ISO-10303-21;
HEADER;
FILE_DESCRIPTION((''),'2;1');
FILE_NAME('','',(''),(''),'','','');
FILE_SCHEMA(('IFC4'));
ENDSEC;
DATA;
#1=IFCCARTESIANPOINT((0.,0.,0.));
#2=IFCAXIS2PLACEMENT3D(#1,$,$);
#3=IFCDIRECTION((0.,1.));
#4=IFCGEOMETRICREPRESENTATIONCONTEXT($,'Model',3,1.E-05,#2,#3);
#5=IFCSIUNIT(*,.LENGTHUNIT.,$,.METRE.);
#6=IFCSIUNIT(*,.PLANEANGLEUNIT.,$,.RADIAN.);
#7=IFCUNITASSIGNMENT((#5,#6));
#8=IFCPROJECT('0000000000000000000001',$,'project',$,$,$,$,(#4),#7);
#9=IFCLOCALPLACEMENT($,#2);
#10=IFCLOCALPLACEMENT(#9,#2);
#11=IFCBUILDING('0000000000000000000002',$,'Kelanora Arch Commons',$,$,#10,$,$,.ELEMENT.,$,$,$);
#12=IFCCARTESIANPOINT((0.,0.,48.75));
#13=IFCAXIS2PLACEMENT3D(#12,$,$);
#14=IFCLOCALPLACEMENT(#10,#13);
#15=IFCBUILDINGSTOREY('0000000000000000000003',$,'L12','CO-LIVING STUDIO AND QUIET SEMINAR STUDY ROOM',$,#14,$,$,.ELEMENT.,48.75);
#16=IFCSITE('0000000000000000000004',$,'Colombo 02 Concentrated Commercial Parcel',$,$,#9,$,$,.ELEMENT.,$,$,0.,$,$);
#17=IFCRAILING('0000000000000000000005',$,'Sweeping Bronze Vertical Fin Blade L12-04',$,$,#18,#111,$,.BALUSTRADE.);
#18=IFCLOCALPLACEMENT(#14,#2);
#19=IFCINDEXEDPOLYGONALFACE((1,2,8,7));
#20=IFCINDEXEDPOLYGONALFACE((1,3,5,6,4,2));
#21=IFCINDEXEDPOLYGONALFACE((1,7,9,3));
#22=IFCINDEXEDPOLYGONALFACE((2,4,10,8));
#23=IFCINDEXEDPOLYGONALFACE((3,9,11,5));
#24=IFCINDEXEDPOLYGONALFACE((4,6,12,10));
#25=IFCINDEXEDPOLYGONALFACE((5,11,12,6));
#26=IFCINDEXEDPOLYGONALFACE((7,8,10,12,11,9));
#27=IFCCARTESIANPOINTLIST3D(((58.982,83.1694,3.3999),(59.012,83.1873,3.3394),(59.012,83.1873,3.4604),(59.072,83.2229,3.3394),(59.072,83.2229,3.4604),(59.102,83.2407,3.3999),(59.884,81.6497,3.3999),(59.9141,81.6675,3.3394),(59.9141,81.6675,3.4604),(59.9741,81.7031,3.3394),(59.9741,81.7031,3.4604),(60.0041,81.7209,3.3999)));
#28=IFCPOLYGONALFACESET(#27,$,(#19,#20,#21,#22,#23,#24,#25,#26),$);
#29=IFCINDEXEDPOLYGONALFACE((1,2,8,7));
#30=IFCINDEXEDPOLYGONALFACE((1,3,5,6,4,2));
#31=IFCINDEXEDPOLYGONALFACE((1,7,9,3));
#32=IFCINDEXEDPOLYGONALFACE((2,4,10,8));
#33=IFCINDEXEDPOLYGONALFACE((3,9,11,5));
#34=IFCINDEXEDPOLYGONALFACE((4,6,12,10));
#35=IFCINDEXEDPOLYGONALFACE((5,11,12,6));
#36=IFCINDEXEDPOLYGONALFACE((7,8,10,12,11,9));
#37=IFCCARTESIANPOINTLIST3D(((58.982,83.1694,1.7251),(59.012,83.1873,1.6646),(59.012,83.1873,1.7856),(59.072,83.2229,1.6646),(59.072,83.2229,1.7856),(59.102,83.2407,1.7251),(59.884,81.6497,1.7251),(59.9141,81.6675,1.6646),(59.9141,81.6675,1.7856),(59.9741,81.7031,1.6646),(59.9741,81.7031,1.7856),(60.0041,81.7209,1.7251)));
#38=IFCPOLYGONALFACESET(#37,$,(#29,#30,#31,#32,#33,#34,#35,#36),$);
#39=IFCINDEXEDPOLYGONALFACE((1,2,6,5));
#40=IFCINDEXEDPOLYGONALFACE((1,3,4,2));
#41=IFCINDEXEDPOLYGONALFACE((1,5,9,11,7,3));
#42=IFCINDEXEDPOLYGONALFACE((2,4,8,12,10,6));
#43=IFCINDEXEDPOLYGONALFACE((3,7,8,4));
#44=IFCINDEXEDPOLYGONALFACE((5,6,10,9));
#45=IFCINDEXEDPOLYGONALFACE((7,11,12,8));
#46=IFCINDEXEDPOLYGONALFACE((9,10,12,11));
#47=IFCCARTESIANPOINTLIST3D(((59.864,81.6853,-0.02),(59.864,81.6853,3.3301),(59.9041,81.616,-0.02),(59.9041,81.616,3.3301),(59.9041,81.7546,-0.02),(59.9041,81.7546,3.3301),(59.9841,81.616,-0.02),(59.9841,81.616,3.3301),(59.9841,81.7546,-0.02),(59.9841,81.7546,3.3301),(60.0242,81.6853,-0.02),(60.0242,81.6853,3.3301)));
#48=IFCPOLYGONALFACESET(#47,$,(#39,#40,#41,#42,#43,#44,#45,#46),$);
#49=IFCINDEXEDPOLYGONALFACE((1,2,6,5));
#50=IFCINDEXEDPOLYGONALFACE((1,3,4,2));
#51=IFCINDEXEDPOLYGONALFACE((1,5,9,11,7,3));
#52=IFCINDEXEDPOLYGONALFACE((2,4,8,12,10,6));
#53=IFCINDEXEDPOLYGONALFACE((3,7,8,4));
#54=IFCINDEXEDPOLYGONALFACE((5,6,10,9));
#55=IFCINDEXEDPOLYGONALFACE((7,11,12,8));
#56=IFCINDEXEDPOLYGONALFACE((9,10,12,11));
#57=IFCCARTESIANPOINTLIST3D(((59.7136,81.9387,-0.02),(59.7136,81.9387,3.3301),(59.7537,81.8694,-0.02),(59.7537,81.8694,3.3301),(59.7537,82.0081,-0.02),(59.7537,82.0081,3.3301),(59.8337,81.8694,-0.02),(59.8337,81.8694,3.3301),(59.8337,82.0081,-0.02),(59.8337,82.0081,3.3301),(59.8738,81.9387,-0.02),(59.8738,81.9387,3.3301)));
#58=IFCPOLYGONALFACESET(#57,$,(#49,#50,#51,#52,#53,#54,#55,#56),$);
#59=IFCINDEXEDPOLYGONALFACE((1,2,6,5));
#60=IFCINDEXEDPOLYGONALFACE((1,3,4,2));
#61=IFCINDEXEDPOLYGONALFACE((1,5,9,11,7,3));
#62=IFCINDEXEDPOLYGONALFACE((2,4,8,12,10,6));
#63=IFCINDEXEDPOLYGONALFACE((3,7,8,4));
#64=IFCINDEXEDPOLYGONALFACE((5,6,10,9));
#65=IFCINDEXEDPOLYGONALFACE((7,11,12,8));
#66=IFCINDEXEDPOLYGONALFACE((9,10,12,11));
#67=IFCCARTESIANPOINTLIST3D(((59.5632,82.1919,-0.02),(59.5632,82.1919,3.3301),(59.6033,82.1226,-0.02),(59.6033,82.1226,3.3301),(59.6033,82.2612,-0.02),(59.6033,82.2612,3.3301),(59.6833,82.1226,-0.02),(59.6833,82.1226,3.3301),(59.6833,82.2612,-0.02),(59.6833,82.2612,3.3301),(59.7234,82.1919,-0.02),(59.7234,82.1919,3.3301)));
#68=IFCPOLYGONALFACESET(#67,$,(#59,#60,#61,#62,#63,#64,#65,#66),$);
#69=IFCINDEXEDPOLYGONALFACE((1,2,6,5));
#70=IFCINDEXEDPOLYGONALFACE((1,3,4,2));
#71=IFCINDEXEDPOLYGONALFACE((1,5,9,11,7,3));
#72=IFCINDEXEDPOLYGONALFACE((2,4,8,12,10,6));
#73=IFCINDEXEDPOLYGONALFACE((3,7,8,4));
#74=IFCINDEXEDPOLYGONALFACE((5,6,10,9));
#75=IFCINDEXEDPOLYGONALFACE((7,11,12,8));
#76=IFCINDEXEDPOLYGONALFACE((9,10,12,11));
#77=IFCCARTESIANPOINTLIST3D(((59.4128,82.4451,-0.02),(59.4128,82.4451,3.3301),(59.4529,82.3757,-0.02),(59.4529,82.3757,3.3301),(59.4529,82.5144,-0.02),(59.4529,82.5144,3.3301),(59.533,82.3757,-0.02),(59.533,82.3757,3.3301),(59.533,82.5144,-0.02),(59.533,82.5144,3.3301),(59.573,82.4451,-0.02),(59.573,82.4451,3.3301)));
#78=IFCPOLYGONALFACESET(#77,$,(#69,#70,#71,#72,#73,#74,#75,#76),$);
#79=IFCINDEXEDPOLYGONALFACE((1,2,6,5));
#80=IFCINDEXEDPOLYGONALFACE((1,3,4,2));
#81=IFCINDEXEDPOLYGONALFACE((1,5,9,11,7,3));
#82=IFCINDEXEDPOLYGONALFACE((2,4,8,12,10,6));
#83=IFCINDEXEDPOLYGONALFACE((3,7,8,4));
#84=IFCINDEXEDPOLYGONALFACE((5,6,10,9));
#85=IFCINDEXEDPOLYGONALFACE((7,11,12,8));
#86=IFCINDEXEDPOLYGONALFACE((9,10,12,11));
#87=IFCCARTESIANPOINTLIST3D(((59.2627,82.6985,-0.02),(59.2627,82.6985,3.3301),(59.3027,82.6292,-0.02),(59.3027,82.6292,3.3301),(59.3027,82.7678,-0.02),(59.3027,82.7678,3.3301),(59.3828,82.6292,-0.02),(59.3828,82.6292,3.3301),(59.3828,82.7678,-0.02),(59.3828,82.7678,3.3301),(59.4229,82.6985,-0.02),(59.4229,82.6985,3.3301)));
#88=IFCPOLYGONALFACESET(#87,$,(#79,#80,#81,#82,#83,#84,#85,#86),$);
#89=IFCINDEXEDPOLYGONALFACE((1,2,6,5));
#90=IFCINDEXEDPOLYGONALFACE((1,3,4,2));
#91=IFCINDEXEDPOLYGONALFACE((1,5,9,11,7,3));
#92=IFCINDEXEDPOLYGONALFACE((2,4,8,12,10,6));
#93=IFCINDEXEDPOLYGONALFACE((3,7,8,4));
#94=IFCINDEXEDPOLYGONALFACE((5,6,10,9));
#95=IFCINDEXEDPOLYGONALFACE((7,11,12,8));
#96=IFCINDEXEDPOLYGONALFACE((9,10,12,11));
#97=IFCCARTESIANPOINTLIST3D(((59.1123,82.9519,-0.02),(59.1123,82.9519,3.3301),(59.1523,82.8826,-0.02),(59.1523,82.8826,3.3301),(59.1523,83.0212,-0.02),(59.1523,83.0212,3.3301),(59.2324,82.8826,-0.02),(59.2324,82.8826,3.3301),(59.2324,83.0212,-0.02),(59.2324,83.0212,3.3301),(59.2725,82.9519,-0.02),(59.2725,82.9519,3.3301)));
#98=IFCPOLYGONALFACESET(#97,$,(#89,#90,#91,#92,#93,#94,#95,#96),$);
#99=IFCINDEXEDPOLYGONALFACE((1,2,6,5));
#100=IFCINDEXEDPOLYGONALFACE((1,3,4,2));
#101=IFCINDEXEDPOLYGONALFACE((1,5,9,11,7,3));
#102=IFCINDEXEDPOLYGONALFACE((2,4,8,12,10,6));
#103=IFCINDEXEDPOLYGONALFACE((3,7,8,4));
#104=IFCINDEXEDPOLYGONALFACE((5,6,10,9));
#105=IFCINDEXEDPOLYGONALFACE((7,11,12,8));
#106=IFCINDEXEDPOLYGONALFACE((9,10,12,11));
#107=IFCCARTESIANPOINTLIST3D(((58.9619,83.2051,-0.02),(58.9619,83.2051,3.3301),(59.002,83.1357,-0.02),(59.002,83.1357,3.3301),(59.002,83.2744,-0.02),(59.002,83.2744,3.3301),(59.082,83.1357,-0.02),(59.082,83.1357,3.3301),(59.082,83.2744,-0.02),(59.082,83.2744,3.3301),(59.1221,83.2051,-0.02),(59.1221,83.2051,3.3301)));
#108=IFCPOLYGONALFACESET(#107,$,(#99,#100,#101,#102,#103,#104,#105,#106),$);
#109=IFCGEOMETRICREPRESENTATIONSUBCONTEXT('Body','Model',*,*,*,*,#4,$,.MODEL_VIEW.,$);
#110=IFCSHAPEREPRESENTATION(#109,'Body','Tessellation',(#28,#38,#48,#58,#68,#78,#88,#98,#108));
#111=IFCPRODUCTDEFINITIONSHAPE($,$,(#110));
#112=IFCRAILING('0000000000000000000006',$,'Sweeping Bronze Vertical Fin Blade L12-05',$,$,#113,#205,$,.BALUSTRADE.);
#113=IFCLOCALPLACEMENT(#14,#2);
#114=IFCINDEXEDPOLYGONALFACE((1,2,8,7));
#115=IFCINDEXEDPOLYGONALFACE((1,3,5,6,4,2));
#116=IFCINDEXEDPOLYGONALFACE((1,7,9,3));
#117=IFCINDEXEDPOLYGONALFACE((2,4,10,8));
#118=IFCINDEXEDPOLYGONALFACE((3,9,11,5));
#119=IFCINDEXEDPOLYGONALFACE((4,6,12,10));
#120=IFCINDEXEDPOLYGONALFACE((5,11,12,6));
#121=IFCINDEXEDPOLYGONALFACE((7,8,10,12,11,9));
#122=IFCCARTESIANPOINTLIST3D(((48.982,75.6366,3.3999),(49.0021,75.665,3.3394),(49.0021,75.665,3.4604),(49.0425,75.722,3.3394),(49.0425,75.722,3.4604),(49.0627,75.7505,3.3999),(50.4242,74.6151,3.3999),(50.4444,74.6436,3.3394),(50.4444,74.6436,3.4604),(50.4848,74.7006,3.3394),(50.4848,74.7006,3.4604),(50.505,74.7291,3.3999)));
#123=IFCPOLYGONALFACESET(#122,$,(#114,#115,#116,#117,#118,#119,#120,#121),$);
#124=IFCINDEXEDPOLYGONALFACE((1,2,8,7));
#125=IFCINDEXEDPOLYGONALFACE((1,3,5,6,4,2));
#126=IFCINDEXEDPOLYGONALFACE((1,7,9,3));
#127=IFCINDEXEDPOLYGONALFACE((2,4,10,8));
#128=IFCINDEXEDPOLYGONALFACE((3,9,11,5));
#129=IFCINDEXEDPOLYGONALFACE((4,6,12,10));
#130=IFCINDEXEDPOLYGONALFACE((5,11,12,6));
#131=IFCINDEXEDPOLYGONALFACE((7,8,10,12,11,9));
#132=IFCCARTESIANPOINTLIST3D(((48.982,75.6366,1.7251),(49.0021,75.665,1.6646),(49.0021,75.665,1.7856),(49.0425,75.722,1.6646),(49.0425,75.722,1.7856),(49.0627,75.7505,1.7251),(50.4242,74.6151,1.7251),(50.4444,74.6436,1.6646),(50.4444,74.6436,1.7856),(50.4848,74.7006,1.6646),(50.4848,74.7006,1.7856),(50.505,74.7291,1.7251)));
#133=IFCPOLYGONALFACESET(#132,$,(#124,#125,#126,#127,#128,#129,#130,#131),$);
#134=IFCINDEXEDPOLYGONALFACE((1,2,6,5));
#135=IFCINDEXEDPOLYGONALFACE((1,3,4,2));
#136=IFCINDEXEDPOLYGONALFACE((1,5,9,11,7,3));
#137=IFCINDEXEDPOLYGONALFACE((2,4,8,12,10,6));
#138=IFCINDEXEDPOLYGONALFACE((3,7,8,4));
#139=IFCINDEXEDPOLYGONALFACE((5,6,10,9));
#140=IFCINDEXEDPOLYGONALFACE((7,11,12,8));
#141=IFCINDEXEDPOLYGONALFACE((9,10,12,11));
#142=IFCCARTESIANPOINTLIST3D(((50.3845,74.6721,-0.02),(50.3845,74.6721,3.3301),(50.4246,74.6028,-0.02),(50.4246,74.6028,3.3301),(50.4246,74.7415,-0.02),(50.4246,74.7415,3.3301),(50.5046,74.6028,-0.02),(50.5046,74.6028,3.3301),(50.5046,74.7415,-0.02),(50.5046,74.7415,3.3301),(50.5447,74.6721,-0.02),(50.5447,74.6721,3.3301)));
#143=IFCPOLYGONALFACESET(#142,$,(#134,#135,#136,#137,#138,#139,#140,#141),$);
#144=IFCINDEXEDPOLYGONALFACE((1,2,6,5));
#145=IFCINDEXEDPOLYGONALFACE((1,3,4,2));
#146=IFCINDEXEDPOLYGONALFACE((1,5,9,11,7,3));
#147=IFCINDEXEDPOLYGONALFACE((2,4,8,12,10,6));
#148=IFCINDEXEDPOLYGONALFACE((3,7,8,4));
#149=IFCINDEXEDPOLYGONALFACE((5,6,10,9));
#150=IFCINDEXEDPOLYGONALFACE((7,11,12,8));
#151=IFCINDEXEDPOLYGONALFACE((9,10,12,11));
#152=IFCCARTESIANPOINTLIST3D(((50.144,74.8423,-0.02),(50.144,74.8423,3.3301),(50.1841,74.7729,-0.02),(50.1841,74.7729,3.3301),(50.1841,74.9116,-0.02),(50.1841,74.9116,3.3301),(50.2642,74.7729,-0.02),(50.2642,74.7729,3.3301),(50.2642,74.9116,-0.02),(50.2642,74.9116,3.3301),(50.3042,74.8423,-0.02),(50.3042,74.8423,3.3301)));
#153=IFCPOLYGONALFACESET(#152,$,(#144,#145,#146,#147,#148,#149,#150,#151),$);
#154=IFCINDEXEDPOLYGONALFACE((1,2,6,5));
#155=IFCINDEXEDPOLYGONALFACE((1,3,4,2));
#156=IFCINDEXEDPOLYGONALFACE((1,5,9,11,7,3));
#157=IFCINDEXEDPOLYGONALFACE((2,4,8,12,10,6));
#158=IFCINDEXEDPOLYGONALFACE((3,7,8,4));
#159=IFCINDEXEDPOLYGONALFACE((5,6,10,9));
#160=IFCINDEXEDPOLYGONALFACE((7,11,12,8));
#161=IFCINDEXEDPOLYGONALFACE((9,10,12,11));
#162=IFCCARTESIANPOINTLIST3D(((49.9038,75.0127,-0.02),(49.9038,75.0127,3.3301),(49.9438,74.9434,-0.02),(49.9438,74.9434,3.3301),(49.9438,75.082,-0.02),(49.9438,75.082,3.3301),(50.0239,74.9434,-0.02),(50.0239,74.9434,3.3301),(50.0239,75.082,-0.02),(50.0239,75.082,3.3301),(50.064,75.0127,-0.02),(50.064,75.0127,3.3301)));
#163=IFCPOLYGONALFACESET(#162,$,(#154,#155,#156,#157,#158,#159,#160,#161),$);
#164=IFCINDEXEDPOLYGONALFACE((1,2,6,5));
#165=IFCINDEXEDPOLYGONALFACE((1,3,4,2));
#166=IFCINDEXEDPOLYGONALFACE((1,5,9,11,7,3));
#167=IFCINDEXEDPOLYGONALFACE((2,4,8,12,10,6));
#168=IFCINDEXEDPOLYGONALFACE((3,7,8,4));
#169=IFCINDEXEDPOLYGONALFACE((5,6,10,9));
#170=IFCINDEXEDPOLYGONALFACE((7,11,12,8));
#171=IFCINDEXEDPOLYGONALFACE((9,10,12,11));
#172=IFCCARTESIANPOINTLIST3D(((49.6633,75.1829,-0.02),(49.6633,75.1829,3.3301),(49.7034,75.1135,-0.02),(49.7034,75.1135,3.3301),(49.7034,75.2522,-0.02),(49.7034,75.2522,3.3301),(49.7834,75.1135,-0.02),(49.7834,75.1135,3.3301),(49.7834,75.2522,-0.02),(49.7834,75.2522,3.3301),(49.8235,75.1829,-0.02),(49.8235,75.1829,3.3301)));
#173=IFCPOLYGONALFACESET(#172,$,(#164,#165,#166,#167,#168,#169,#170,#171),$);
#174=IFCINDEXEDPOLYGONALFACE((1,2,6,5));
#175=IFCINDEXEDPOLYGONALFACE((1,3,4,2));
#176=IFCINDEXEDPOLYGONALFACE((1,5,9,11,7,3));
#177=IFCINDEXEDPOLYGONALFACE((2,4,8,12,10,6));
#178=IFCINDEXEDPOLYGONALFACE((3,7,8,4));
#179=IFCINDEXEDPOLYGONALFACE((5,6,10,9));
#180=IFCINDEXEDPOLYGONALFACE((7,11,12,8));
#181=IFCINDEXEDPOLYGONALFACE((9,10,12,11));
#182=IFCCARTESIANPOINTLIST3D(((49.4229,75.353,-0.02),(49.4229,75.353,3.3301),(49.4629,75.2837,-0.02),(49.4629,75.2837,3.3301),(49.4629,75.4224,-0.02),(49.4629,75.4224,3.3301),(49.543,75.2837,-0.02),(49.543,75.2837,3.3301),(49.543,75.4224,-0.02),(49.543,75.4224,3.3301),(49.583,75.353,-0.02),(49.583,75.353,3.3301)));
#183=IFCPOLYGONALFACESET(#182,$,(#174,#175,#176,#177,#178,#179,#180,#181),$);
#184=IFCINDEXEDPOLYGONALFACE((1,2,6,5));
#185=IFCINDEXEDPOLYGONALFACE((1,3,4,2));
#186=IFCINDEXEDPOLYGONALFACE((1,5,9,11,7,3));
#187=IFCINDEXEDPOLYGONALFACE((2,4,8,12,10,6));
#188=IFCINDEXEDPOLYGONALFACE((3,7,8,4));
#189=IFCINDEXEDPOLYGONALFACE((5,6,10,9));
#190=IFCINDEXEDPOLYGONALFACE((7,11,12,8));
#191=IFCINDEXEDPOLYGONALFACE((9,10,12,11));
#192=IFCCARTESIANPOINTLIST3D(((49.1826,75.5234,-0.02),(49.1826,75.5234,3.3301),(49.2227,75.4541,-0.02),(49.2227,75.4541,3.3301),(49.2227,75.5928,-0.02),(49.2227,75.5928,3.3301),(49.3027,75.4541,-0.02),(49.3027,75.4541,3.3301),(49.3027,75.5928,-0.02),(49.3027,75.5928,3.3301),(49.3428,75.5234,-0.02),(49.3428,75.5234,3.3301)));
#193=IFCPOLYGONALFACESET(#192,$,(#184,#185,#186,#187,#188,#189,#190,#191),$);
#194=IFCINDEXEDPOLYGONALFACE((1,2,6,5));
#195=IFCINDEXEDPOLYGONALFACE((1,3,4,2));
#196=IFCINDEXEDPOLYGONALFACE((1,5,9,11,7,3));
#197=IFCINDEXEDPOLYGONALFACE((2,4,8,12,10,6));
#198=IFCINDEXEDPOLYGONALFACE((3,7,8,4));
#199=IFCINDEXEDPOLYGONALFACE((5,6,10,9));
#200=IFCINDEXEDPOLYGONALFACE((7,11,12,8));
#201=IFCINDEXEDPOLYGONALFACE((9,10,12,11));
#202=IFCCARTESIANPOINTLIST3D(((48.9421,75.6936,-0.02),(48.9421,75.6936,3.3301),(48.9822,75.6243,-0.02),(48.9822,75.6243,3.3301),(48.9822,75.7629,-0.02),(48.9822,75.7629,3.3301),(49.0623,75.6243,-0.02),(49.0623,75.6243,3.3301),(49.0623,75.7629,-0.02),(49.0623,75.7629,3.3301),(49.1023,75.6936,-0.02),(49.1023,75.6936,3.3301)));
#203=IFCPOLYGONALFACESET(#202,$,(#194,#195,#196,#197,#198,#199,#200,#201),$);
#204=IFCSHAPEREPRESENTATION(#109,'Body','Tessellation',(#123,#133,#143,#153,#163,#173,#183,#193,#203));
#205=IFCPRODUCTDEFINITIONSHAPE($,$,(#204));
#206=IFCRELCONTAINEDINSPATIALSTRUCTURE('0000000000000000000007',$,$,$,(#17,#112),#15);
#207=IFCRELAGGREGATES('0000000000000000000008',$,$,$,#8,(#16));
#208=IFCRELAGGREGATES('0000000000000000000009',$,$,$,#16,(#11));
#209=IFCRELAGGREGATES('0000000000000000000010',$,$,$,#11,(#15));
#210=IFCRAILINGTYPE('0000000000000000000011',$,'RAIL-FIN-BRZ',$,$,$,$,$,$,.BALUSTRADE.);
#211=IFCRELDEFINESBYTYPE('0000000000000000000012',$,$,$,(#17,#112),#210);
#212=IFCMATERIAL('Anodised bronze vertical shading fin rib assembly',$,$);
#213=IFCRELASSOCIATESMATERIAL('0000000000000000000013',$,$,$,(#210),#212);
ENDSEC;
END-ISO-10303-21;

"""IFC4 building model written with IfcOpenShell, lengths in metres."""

from ifc_helpers import new_model, si_unit, direction, frame, origin, place, context, subcontext, project, spatial, polyline, outline, extrude, material, type_object, element, save


model = new_model("IFC4")

# Units and contexts
model_context = context("Model", 3, precision=1e-05, world=origin(), true_north=direction((0.0, 1.0)))
body_context = subcontext(model_context, "Body", "Model", "MODEL_VIEW")
ifc_project = project(units=[si_unit("LENGTHUNIT", "METRE"), si_unit("PLANEANGLEUNIT", "RADIAN")], contexts=[model_context])

# Site, building, storey
site_placement = place(None, origin())
site = spatial("IfcSite", under=ifc_project, at=site_placement, Name="Colombo 02 Concentrated Commercial Parcel", CompositionType="ELEMENT", RefElevation=0.0)
building_placement = place(site_placement, origin())
building = spatial("IfcBuilding", under=site, at=building_placement, Name="Kelanora Arch Commons", CompositionType="ELEMENT")
storey_placement = place(building_placement, frame((0.0, 0.0, 48.75)))
storey = spatial("IfcBuildingStorey", under=building, at=storey_placement, Name="L12", Description="CO-LIVING STUDIO AND QUIET SEMINAR STUDY ROOM", CompositionType="ELEMENT", Elevation=48.75)

# Railings
ifc_material_1 = material(Name="Anodised bronze vertical shading fin rib assembly")
railing_type = type_object("IfcRailingType", Name="RAIL-FIN-BRZ", PredefinedType="BALUSTRADE", material=ifc_material_1)
railing_1_placement = place(storey_placement, frame((59.9441, 81.6853, -0.02)))
element("IfcRailing", 1, at=railing_1_placement, inside=storey, type_object=railing_type, Name="Sweeping Bronze Vertical Fin Blade L12-04", PredefinedType="BALUSTRADE", context=body_context, shape_type="SweptSolid", body=[
    extrude(outline(polyline([(0.0698, 0.0), (0.0349, 0.0605), (-0.0349, 0.0605), (-0.0698, 0.0), (-0.0349, -0.0605), (0.0349, -0.0605), (0.0698, 0.0)])), frame((0.0, 0.0, 3.4199), z_axis=(-0.510427, 0.859921, 0.0), x_axis=(-0.859921, -0.510427, 0.0)), (0.0, 0.0, 1.0), 1.7673),
    extrude(outline(polyline([(0.0698, 0.0), (0.0349, 0.0605), (-0.0349, 0.0605), (-0.0698, 0.0), (-0.0349, -0.0605), (0.0349, -0.0605), (0.0698, 0.0)])), frame((0.0, 0.0, 1.7451), z_axis=(-0.510427, 0.859921, 0.0), x_axis=(-0.859921, -0.510427, 0.0)), (0.0, 0.0, 1.0), 1.7673),
    extrude(outline(polyline([(0.0801, 0.0), (0.04, 0.0693), (-0.04, 0.0693), (-0.0801, 0.0), (-0.04, -0.0693), (0.04, -0.0693), (0.0801, 0.0)])), origin(), (0.0, 0.0, 1.0), 3.3501),
    extrude(outline(polyline([(0.0801, 0.0), (0.04, 0.0693), (-0.04, 0.0693), (-0.0801, 0.0), (-0.04, -0.0693), (0.04, -0.0693), (0.0801, 0.0)])), frame((-0.1504, 0.2534, 0.0)), (0.0, 0.0, 1.0), 3.3501),
    extrude(outline(polyline([(0.0801, 0.0), (0.04, 0.0693), (-0.04, 0.0693), (-0.0801, 0.0), (-0.04, -0.0693), (0.04, -0.0693), (0.0801, 0.0)])), frame((-0.3008, 0.5066, 0.0)), (0.0, 0.0, 1.0), 3.3501),
    extrude(outline(polyline([(0.0801, 0.0), (0.04, 0.0693), (-0.04, 0.0693), (-0.0801, 0.0), (-0.04, -0.0693), (0.04, -0.0693), (0.0801, 0.0)])), frame((-0.4512, 0.7598, 0.0)), (0.0, 0.0, 1.0), 3.3501),
    extrude(outline(polyline([(0.0801, 0.0), (0.04, 0.0693), (-0.04, 0.0693), (-0.0801, 0.0), (-0.04, -0.0693), (0.04, -0.0693), (0.0801, 0.0)])), frame((-0.6013, 1.0132, 0.0)), (0.0, 0.0, 1.0), 3.3501),
    extrude(outline(polyline([(0.0801, 0.0), (0.04, 0.0693), (-0.04, 0.0693), (-0.0801, 0.0), (-0.04, -0.0693), (0.04, -0.0693), (0.0801, 0.0)])), frame((-0.7517, 1.2666, 0.0)), (0.0, 0.0, 1.0), 3.3501),
    extrude(outline(polyline([(0.0801, 0.0), (0.04, 0.0693), (-0.04, 0.0693), (-0.0801, 0.0), (-0.04, -0.0693), (0.04, -0.0693), (0.0801, 0.0)])), frame((-0.9021, 1.5198, 0.0)), (0.0, 0.0, 1.0), 3.3501),
])
railing_2_placement = place(storey_placement, frame((50.4646, 74.6721, -0.02)))
element("IfcRailing", 2, at=railing_2_placement, inside=storey, type_object=railing_type, Name="Sweeping Bronze Vertical Fin Blade L12-05", PredefinedType="BALUSTRADE", context=body_context, shape_type="SweptSolid", body=[
    extrude(outline(polyline([(0.0698, 0.0), (0.0349, 0.0605), (-0.0349, 0.0605), (-0.0698, 0.0), (-0.0349, -0.0605), (0.0349, -0.0605), (0.0698, 0.0)])), frame((0.0, 0.0, 3.4199), z_axis=(-0.816079, 0.577941, 0.0), x_axis=(-0.577941, -0.816079, 0.0)), (0.0, 0.0, 1.0), 1.7673),
    extrude(outline(polyline([(0.0698, 0.0), (0.0349, 0.0605), (-0.0349, 0.0605), (-0.0698, 0.0), (-0.0349, -0.0605), (0.0349, -0.0605), (0.0698, 0.0)])), frame((0.0, 0.0, 1.7451), z_axis=(-0.816079, 0.577941, 0.0), x_axis=(-0.577941, -0.816079, 0.0)), (0.0, 0.0, 1.0), 1.7673),
    extrude(outline(polyline([(0.0801, 0.0), (0.04, 0.0693), (-0.04, 0.0693), (-0.0801, 0.0), (-0.04, -0.0693), (0.04, -0.0693), (0.0801, 0.0)])), origin(), (0.0, 0.0, 1.0), 3.3501),
    extrude(outline(polyline([(0.0801, 0.0), (0.04, 0.0693), (-0.04, 0.0693), (-0.0801, 0.0), (-0.04, -0.0693), (0.04, -0.0693), (0.0801, 0.0)])), frame((-0.2405, 0.1702, 0.0)), (0.0, 0.0, 1.0), 3.3501),
    extrude(outline(polyline([(0.0801, 0.0), (0.04, 0.0693), (-0.04, 0.0693), (-0.0801, 0.0), (-0.04, -0.0693), (0.04, -0.0693), (0.0801, 0.0)])), frame((-0.4807, 0.3406, 0.0)), (0.0, 0.0, 1.0), 3.3501),
    extrude(outline(polyline([(0.0801, 0.0), (0.04, 0.0693), (-0.04, 0.0693), (-0.0801, 0.0), (-0.04, -0.0693), (0.04, -0.0693), (0.0801, 0.0)])), frame((-0.7212, 0.5107, 0.0)), (0.0, 0.0, 1.0), 3.3501),
    extrude(outline(polyline([(0.0801, 0.0), (0.04, 0.0693), (-0.04, 0.0693), (-0.0801, 0.0), (-0.04, -0.0693), (0.04, -0.0693), (0.0801, 0.0)])), frame((-0.9617, 0.6809, 0.0)), (0.0, 0.0, 1.0), 3.3501),
    extrude(outline(polyline([(0.0801, 0.0), (0.04, 0.0693), (-0.04, 0.0693), (-0.0801, 0.0), (-0.04, -0.0693), (0.04, -0.0693), (0.0801, 0.0)])), frame((-1.2019, 0.8513, 0.0)), (0.0, 0.0, 1.0), 3.3501),
    extrude(outline(polyline([(0.0801, 0.0), (0.04, 0.0693), (-0.04, 0.0693), (-0.0801, 0.0), (-0.04, -0.0693), (0.04, -0.0693), (0.0801, 0.0)])), frame((-1.4424, 1.0215, 0.0)), (0.0, 0.0, 1.0), 3.3501),
])

save(model, "model.ifc")
